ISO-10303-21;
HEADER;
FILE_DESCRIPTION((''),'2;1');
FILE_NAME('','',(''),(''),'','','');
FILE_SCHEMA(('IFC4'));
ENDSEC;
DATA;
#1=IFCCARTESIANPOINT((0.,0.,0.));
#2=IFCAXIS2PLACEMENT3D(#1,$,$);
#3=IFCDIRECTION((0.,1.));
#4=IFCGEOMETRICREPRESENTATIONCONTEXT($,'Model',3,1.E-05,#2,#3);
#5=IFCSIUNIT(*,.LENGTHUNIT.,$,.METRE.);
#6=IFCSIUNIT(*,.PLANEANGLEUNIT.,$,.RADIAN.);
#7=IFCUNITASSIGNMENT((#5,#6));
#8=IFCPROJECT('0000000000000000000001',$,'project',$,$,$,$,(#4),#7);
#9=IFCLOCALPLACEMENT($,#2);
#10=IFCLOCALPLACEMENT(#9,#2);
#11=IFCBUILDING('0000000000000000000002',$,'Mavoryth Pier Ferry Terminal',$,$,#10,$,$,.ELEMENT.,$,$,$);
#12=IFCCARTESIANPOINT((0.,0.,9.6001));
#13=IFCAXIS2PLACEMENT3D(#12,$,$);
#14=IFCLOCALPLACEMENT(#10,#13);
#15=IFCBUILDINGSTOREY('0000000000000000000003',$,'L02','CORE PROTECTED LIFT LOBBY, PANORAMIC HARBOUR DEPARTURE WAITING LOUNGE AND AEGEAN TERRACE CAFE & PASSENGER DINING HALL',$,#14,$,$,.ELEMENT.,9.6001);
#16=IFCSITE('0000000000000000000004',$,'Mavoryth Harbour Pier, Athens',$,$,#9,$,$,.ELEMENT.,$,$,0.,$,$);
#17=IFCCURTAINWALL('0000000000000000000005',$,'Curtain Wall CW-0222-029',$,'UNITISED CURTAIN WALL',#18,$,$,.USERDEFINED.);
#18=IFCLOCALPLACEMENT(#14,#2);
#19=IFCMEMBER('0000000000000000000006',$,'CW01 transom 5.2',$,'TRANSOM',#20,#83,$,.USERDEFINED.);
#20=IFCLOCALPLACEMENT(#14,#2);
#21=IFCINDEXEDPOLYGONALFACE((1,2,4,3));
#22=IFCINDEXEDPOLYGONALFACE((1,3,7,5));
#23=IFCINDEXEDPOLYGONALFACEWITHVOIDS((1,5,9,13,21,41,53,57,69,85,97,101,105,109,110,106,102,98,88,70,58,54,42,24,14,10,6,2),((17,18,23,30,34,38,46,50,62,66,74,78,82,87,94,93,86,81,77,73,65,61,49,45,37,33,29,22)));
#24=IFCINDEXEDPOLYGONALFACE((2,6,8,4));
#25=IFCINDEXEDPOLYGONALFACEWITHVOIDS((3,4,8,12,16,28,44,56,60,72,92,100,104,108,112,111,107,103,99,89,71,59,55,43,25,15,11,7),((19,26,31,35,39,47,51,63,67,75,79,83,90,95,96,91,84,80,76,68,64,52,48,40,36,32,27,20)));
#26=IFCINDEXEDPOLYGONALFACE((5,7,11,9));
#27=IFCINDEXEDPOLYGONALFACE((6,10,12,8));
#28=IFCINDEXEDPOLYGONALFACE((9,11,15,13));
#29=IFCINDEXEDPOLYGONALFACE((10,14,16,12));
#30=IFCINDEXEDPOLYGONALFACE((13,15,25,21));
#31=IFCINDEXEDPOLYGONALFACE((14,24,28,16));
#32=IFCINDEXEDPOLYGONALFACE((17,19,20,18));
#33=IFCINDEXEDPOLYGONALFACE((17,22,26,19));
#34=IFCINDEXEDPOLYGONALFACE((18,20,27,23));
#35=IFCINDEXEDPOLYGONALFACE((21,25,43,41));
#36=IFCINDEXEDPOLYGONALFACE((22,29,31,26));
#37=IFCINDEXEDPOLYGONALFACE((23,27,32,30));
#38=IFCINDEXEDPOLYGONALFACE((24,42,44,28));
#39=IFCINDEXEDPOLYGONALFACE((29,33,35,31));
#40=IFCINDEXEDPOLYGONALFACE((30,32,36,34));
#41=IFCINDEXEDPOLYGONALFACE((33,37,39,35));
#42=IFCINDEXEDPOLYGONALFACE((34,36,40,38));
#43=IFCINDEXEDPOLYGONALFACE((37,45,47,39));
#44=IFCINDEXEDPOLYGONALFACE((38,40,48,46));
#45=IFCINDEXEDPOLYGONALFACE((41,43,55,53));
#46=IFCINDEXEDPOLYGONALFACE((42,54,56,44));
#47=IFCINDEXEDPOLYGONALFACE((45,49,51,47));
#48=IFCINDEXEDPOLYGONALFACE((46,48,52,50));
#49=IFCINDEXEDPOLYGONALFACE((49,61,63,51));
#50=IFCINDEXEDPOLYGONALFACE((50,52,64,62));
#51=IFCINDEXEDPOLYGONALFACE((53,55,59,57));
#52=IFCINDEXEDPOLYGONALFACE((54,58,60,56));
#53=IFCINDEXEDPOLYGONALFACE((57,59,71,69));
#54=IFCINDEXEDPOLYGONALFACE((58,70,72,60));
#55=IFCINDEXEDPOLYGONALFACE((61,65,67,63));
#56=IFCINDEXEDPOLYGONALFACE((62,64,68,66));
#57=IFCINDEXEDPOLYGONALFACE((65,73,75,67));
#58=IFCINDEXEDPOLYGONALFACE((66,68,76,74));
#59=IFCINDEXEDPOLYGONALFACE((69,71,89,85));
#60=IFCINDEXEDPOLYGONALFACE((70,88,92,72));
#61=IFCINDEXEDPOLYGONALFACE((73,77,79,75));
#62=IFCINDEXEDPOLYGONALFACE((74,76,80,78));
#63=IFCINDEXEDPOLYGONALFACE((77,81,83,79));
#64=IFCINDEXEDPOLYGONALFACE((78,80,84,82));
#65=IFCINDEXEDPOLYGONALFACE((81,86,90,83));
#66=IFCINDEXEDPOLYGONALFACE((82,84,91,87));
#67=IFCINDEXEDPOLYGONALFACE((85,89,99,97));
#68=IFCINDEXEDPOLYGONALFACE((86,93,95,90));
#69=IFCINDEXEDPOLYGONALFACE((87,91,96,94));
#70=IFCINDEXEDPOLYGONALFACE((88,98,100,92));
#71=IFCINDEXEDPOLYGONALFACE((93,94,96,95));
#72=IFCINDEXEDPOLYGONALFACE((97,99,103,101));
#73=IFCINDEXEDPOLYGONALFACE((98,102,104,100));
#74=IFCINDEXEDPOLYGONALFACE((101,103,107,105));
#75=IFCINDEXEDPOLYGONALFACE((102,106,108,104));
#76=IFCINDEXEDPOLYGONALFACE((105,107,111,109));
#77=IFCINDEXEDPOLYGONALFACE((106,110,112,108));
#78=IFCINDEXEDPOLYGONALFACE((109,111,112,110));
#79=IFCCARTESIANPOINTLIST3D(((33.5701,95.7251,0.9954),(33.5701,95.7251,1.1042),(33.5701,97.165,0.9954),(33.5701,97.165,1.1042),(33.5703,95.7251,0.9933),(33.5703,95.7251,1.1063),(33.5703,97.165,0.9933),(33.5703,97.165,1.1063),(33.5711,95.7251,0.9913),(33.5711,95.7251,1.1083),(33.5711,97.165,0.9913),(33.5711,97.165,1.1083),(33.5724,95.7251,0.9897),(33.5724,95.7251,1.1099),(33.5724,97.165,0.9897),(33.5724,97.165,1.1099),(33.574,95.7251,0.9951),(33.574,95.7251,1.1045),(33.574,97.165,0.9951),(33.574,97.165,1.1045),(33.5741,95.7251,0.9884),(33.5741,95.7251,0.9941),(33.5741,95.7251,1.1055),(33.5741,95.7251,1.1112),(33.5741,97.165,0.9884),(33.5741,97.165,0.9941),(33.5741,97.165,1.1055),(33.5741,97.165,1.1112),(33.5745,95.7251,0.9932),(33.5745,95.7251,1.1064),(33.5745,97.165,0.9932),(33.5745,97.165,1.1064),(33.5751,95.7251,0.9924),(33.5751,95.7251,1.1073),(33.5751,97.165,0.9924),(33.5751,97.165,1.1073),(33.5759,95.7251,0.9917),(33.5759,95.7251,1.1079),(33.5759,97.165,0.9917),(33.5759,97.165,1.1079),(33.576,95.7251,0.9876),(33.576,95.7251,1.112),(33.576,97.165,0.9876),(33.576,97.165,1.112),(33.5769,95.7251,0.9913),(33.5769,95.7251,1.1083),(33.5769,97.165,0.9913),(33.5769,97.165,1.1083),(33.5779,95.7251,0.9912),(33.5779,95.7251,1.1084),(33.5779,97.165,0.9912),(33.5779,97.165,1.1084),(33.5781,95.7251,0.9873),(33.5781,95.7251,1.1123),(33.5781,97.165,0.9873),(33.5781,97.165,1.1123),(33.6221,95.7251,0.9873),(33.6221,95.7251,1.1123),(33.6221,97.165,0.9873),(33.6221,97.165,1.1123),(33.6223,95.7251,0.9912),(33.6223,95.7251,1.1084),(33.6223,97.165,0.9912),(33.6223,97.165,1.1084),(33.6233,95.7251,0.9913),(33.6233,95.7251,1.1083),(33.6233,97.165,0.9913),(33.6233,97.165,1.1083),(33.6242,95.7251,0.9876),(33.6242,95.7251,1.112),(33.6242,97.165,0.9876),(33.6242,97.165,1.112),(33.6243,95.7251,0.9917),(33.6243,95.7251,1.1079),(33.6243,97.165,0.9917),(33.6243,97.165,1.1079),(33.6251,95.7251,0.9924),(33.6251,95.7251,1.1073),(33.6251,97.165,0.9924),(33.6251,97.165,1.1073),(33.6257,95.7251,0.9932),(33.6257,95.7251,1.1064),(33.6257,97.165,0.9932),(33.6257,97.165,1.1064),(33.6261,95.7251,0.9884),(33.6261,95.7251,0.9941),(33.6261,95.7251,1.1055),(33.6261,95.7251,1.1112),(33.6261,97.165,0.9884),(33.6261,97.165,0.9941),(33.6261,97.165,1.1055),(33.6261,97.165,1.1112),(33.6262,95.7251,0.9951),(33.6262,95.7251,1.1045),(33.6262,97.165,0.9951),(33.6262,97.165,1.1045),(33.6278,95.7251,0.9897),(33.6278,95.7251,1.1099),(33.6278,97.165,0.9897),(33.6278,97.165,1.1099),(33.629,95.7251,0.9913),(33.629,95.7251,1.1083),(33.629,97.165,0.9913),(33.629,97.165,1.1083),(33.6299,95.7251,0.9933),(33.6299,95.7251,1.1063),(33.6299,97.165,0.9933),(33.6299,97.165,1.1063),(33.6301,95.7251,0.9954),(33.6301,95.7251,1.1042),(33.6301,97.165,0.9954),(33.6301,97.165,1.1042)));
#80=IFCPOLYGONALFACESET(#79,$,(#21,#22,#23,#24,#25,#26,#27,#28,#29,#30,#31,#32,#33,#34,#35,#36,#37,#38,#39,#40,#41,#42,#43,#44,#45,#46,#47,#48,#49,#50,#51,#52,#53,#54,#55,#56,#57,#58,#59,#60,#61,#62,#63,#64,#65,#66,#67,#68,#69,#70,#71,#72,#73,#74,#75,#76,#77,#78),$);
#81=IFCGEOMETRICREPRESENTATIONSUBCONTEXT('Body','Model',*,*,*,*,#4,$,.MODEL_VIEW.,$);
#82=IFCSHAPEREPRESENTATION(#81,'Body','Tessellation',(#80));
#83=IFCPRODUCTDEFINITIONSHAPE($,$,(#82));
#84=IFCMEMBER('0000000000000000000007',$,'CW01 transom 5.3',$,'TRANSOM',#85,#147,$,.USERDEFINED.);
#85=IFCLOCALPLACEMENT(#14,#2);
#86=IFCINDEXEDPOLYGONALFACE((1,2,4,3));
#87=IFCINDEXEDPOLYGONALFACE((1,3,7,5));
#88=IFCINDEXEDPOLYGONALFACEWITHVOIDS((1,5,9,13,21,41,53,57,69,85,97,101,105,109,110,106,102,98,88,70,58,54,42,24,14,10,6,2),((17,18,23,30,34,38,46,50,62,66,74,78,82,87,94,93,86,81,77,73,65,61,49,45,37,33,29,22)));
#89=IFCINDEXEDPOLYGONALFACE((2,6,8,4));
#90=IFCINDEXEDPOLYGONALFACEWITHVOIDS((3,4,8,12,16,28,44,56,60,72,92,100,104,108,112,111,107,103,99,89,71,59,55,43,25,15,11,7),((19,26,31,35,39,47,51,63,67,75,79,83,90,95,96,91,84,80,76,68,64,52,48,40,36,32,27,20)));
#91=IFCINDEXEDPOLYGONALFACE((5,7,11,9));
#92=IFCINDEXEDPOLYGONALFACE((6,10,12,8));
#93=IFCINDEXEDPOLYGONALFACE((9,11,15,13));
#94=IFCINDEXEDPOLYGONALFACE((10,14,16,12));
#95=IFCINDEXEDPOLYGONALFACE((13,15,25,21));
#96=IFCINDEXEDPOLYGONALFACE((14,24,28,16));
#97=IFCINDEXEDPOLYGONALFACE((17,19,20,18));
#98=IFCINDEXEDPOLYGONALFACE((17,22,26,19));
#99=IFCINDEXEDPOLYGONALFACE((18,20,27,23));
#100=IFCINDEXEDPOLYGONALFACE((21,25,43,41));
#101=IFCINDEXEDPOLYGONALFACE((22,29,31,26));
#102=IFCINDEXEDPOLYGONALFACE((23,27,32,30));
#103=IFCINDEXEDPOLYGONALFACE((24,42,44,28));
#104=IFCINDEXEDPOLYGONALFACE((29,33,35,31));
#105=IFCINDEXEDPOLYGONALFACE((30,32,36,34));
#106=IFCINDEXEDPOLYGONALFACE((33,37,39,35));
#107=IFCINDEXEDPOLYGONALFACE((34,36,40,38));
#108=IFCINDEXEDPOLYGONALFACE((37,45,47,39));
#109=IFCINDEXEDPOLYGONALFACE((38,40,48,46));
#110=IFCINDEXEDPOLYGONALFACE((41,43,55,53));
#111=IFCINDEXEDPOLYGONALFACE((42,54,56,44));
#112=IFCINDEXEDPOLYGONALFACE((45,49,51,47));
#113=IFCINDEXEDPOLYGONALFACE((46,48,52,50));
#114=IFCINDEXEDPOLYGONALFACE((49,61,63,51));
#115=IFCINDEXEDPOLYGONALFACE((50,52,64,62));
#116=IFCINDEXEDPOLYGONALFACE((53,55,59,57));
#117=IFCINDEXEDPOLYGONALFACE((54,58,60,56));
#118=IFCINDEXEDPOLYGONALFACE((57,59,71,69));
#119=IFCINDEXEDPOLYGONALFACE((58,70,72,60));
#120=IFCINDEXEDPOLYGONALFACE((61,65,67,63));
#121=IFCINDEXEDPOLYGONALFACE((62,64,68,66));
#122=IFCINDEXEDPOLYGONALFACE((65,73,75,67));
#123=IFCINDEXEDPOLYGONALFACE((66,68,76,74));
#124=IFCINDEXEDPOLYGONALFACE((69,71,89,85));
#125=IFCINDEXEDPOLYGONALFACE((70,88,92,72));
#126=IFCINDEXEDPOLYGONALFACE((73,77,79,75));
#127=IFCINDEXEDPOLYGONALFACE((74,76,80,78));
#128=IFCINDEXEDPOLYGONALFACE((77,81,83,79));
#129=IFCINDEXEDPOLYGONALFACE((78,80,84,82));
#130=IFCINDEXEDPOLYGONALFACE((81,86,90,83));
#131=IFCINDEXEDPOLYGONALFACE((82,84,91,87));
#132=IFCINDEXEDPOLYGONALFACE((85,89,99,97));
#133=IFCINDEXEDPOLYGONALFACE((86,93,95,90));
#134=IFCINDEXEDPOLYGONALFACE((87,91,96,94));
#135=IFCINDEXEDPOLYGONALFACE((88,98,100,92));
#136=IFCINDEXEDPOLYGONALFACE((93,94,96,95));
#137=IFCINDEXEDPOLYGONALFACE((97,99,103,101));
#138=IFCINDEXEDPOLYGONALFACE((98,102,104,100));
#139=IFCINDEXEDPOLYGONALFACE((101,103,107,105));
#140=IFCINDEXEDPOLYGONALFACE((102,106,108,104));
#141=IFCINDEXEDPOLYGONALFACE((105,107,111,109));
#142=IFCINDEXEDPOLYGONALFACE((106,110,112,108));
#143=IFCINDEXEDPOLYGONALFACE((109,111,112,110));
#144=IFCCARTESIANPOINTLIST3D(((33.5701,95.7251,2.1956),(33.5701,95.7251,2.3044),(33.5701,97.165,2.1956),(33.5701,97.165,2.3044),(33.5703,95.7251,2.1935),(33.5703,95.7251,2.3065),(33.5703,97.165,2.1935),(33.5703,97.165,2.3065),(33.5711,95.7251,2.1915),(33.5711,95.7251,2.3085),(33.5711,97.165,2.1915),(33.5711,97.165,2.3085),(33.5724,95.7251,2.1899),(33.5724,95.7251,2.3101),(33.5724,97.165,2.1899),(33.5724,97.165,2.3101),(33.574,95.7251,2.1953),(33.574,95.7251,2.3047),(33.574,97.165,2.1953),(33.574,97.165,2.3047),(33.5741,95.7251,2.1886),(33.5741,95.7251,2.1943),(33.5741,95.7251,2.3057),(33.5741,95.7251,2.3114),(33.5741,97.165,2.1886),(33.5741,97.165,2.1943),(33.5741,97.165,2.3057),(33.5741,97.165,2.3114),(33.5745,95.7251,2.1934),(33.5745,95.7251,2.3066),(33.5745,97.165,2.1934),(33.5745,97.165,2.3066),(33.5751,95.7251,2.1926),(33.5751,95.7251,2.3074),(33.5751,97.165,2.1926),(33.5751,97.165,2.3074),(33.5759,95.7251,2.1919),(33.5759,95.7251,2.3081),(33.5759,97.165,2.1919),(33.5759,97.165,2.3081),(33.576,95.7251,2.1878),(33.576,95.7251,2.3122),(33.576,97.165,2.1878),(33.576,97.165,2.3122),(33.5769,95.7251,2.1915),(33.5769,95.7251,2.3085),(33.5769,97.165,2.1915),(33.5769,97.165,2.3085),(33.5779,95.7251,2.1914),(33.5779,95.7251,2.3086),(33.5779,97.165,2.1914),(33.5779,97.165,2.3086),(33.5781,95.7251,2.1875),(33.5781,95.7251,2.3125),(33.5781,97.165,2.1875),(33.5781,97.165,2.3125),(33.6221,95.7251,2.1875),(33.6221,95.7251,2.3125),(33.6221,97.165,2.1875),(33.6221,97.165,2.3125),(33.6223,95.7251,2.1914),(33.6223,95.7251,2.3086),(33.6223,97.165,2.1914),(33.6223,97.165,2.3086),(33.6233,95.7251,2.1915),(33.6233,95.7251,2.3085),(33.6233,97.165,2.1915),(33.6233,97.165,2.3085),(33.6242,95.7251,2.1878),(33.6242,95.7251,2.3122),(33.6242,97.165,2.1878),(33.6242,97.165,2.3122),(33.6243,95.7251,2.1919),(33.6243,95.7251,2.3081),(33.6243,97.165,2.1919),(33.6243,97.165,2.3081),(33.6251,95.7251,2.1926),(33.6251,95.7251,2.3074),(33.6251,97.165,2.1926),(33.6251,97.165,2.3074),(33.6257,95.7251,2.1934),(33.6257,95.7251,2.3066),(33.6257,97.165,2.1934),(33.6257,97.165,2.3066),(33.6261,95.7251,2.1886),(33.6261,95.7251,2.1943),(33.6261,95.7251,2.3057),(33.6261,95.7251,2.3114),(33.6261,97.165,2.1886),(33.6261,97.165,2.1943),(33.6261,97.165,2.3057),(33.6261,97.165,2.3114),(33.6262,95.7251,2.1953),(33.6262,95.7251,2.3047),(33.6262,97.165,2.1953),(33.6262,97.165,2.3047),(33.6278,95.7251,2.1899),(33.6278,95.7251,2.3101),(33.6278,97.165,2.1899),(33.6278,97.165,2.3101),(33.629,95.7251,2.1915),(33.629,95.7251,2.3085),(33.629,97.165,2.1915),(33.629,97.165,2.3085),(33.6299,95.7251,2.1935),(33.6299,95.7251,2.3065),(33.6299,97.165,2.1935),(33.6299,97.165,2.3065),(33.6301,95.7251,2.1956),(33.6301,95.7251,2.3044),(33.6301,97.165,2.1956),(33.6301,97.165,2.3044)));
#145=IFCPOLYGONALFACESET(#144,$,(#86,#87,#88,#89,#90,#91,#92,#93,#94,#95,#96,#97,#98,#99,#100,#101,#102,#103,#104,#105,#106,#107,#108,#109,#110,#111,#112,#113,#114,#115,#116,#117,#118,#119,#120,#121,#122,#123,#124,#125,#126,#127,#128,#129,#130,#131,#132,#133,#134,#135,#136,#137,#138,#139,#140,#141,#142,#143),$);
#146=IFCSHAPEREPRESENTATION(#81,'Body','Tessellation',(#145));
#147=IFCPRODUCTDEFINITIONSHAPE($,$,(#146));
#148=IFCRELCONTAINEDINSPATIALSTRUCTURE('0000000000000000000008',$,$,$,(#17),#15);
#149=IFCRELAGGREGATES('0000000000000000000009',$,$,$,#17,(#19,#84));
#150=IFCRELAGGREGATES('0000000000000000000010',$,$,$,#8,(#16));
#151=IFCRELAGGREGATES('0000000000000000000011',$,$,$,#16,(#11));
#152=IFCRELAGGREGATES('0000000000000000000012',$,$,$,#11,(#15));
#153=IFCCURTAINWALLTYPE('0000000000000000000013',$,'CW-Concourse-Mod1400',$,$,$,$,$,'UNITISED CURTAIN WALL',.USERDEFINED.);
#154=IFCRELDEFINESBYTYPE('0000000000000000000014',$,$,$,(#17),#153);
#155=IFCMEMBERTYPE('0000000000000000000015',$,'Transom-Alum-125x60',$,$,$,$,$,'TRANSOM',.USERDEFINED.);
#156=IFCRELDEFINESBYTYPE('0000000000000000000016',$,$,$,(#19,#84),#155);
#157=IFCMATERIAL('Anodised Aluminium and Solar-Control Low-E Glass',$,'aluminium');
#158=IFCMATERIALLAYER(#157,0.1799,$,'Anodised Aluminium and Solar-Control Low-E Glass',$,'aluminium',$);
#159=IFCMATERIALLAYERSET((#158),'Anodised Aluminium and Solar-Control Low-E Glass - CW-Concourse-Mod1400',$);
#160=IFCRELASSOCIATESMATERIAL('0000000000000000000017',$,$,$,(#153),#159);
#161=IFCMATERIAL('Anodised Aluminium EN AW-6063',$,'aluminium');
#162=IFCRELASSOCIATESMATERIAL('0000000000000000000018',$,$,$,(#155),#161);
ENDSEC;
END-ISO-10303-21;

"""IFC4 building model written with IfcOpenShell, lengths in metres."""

from ifc_helpers import new_model, si_unit, direction, frame, origin, origin_2d, place, context, subcontext, project, spatial, hollow_rectangle, extrude, material, layer, layer_set, material_profile, profile_set, type_object, element, aggregate, save


model = new_model("IFC4")

# Units and contexts
model_context = context("Model", 3, precision=1e-05, world=origin(), true_north=direction((0.0, 1.0)))
body_context = subcontext(model_context, "Body", "Model", "MODEL_VIEW")
ifc_project = project(units=[si_unit("LENGTHUNIT", "METRE"), si_unit("PLANEANGLEUNIT", "RADIAN")], contexts=[model_context])

# Site, building, storey
site_placement = place(None, origin())
site = spatial("IfcSite", under=ifc_project, at=site_placement, Name="Mavoryth Harbour Pier, Athens", CompositionType="ELEMENT", RefElevation=0.0)
building_placement = place(site_placement, origin())
building = spatial("IfcBuilding", under=site, at=building_placement, Name="Mavoryth Pier Ferry Terminal", CompositionType="ELEMENT")
storey_placement = place(building_placement, frame((0.0, 0.0, 9.6001)))
storey = spatial("IfcBuildingStorey", under=building, at=storey_placement, Name="L02", Description="CORE PROTECTED LIFT LOBBY, PANORAMIC HARBOUR DEPARTURE WAITING LOUNGE AND AEGEAN TERRACE CAFE & PASSENGER DINING HALL", CompositionType="ELEMENT", Elevation=9.6001)

# Curtain wall
ifc_material_1 = material(Name="Anodised Aluminium and Solar-Control Low-E Glass", Category="aluminium")
ifc_layer_1 = layer(ifc_material_1, 0.1799, Name="Anodised Aluminium and Solar-Control Low-E Glass", Category="aluminium")
ifc_layer_set_1 = layer_set([ifc_layer_1], Name="Anodised Aluminium and Solar-Control Low-E Glass - CW-Concourse-Mod1400")
curtain_wall_type = type_object("IfcCurtainWallType", Name="CW-Concourse-Mod1400", ElementType="UNITISED CURTAIN WALL", PredefinedType="USERDEFINED", material=ifc_layer_set_1)
curtain_wall_1_placement = place(storey_placement, origin())
curtain_wall_1 = element("IfcCurtainWall", 1, at=curtain_wall_1_placement, inside=storey, type_object=curtain_wall_type, Name="Curtain Wall CW-0222-029", ObjectType="UNITISED CURTAIN WALL", PredefinedType="USERDEFINED")
ifc_material_2 = material(Name="Anodised Aluminium EN AW-6063", Category="aluminium")

# Members
ifc_material_profile_1 = material_profile(ifc_material_2, hollow_rectangle(XDim=0.0601, YDim=0.125, WallThickness=0.0039, InnerFilletRadius=0.0039, OuterFilletRadius=0.0081, at=origin_2d()), Name="AL-TRAN 125x60x4", Category="aluminium")
ifc_profile_set_1 = profile_set([ifc_material_profile_1], Name="Anodised Aluminium EN AW-6063 - AL-TRAN 125x60x4")
member_type_1 = type_object("IfcMemberType", Name="Transom-Alum-125x60", ElementType="TRANSOM", PredefinedType="USERDEFINED", material=ifc_profile_set_1)
member_1_placement = place(storey_placement, frame((33.6001, 95.7251, 1.0498), z_axis=(0.0, 1.0, 0.0), x_axis=(-1.0, 0.0, 0.0)))
member_1 = element("IfcMember", 2, at=member_1_placement, type_object=member_type_1, Name="CW01 transom 5.2", ObjectType="TRANSOM", PredefinedType="USERDEFINED", context=body_context, shape_type="SweptSolid", body=[
    extrude(hollow_rectangle(XDim=0.0601, YDim=0.125, WallThickness=0.0039, InnerFilletRadius=0.0039, OuterFilletRadius=0.0081, at=origin_2d()), origin(), (0.0, 0.0, 1.0), 1.4399),
])
member_2_placement = place(storey_placement, frame((33.6001, 95.7251, 2.25), z_axis=(0.0, 1.0, 0.0), x_axis=(-1.0, 0.0, 0.0)))
member_2 = element("IfcMember", 3, at=member_2_placement, type_object=member_type_1, Name="CW01 transom 5.3", ObjectType="TRANSOM", PredefinedType="USERDEFINED", context=body_context, shape_type="SweptSolid", body=[
    extrude(hollow_rectangle(XDim=0.0601, YDim=0.125, WallThickness=0.0039, InnerFilletRadius=0.0039, OuterFilletRadius=0.0081, at=origin_2d()), origin(), (0.0, 0.0, 1.0), 1.4399),
])

aggregate(curtain_wall_1, [member_1, member_2])

save(model, "model.ifc")
